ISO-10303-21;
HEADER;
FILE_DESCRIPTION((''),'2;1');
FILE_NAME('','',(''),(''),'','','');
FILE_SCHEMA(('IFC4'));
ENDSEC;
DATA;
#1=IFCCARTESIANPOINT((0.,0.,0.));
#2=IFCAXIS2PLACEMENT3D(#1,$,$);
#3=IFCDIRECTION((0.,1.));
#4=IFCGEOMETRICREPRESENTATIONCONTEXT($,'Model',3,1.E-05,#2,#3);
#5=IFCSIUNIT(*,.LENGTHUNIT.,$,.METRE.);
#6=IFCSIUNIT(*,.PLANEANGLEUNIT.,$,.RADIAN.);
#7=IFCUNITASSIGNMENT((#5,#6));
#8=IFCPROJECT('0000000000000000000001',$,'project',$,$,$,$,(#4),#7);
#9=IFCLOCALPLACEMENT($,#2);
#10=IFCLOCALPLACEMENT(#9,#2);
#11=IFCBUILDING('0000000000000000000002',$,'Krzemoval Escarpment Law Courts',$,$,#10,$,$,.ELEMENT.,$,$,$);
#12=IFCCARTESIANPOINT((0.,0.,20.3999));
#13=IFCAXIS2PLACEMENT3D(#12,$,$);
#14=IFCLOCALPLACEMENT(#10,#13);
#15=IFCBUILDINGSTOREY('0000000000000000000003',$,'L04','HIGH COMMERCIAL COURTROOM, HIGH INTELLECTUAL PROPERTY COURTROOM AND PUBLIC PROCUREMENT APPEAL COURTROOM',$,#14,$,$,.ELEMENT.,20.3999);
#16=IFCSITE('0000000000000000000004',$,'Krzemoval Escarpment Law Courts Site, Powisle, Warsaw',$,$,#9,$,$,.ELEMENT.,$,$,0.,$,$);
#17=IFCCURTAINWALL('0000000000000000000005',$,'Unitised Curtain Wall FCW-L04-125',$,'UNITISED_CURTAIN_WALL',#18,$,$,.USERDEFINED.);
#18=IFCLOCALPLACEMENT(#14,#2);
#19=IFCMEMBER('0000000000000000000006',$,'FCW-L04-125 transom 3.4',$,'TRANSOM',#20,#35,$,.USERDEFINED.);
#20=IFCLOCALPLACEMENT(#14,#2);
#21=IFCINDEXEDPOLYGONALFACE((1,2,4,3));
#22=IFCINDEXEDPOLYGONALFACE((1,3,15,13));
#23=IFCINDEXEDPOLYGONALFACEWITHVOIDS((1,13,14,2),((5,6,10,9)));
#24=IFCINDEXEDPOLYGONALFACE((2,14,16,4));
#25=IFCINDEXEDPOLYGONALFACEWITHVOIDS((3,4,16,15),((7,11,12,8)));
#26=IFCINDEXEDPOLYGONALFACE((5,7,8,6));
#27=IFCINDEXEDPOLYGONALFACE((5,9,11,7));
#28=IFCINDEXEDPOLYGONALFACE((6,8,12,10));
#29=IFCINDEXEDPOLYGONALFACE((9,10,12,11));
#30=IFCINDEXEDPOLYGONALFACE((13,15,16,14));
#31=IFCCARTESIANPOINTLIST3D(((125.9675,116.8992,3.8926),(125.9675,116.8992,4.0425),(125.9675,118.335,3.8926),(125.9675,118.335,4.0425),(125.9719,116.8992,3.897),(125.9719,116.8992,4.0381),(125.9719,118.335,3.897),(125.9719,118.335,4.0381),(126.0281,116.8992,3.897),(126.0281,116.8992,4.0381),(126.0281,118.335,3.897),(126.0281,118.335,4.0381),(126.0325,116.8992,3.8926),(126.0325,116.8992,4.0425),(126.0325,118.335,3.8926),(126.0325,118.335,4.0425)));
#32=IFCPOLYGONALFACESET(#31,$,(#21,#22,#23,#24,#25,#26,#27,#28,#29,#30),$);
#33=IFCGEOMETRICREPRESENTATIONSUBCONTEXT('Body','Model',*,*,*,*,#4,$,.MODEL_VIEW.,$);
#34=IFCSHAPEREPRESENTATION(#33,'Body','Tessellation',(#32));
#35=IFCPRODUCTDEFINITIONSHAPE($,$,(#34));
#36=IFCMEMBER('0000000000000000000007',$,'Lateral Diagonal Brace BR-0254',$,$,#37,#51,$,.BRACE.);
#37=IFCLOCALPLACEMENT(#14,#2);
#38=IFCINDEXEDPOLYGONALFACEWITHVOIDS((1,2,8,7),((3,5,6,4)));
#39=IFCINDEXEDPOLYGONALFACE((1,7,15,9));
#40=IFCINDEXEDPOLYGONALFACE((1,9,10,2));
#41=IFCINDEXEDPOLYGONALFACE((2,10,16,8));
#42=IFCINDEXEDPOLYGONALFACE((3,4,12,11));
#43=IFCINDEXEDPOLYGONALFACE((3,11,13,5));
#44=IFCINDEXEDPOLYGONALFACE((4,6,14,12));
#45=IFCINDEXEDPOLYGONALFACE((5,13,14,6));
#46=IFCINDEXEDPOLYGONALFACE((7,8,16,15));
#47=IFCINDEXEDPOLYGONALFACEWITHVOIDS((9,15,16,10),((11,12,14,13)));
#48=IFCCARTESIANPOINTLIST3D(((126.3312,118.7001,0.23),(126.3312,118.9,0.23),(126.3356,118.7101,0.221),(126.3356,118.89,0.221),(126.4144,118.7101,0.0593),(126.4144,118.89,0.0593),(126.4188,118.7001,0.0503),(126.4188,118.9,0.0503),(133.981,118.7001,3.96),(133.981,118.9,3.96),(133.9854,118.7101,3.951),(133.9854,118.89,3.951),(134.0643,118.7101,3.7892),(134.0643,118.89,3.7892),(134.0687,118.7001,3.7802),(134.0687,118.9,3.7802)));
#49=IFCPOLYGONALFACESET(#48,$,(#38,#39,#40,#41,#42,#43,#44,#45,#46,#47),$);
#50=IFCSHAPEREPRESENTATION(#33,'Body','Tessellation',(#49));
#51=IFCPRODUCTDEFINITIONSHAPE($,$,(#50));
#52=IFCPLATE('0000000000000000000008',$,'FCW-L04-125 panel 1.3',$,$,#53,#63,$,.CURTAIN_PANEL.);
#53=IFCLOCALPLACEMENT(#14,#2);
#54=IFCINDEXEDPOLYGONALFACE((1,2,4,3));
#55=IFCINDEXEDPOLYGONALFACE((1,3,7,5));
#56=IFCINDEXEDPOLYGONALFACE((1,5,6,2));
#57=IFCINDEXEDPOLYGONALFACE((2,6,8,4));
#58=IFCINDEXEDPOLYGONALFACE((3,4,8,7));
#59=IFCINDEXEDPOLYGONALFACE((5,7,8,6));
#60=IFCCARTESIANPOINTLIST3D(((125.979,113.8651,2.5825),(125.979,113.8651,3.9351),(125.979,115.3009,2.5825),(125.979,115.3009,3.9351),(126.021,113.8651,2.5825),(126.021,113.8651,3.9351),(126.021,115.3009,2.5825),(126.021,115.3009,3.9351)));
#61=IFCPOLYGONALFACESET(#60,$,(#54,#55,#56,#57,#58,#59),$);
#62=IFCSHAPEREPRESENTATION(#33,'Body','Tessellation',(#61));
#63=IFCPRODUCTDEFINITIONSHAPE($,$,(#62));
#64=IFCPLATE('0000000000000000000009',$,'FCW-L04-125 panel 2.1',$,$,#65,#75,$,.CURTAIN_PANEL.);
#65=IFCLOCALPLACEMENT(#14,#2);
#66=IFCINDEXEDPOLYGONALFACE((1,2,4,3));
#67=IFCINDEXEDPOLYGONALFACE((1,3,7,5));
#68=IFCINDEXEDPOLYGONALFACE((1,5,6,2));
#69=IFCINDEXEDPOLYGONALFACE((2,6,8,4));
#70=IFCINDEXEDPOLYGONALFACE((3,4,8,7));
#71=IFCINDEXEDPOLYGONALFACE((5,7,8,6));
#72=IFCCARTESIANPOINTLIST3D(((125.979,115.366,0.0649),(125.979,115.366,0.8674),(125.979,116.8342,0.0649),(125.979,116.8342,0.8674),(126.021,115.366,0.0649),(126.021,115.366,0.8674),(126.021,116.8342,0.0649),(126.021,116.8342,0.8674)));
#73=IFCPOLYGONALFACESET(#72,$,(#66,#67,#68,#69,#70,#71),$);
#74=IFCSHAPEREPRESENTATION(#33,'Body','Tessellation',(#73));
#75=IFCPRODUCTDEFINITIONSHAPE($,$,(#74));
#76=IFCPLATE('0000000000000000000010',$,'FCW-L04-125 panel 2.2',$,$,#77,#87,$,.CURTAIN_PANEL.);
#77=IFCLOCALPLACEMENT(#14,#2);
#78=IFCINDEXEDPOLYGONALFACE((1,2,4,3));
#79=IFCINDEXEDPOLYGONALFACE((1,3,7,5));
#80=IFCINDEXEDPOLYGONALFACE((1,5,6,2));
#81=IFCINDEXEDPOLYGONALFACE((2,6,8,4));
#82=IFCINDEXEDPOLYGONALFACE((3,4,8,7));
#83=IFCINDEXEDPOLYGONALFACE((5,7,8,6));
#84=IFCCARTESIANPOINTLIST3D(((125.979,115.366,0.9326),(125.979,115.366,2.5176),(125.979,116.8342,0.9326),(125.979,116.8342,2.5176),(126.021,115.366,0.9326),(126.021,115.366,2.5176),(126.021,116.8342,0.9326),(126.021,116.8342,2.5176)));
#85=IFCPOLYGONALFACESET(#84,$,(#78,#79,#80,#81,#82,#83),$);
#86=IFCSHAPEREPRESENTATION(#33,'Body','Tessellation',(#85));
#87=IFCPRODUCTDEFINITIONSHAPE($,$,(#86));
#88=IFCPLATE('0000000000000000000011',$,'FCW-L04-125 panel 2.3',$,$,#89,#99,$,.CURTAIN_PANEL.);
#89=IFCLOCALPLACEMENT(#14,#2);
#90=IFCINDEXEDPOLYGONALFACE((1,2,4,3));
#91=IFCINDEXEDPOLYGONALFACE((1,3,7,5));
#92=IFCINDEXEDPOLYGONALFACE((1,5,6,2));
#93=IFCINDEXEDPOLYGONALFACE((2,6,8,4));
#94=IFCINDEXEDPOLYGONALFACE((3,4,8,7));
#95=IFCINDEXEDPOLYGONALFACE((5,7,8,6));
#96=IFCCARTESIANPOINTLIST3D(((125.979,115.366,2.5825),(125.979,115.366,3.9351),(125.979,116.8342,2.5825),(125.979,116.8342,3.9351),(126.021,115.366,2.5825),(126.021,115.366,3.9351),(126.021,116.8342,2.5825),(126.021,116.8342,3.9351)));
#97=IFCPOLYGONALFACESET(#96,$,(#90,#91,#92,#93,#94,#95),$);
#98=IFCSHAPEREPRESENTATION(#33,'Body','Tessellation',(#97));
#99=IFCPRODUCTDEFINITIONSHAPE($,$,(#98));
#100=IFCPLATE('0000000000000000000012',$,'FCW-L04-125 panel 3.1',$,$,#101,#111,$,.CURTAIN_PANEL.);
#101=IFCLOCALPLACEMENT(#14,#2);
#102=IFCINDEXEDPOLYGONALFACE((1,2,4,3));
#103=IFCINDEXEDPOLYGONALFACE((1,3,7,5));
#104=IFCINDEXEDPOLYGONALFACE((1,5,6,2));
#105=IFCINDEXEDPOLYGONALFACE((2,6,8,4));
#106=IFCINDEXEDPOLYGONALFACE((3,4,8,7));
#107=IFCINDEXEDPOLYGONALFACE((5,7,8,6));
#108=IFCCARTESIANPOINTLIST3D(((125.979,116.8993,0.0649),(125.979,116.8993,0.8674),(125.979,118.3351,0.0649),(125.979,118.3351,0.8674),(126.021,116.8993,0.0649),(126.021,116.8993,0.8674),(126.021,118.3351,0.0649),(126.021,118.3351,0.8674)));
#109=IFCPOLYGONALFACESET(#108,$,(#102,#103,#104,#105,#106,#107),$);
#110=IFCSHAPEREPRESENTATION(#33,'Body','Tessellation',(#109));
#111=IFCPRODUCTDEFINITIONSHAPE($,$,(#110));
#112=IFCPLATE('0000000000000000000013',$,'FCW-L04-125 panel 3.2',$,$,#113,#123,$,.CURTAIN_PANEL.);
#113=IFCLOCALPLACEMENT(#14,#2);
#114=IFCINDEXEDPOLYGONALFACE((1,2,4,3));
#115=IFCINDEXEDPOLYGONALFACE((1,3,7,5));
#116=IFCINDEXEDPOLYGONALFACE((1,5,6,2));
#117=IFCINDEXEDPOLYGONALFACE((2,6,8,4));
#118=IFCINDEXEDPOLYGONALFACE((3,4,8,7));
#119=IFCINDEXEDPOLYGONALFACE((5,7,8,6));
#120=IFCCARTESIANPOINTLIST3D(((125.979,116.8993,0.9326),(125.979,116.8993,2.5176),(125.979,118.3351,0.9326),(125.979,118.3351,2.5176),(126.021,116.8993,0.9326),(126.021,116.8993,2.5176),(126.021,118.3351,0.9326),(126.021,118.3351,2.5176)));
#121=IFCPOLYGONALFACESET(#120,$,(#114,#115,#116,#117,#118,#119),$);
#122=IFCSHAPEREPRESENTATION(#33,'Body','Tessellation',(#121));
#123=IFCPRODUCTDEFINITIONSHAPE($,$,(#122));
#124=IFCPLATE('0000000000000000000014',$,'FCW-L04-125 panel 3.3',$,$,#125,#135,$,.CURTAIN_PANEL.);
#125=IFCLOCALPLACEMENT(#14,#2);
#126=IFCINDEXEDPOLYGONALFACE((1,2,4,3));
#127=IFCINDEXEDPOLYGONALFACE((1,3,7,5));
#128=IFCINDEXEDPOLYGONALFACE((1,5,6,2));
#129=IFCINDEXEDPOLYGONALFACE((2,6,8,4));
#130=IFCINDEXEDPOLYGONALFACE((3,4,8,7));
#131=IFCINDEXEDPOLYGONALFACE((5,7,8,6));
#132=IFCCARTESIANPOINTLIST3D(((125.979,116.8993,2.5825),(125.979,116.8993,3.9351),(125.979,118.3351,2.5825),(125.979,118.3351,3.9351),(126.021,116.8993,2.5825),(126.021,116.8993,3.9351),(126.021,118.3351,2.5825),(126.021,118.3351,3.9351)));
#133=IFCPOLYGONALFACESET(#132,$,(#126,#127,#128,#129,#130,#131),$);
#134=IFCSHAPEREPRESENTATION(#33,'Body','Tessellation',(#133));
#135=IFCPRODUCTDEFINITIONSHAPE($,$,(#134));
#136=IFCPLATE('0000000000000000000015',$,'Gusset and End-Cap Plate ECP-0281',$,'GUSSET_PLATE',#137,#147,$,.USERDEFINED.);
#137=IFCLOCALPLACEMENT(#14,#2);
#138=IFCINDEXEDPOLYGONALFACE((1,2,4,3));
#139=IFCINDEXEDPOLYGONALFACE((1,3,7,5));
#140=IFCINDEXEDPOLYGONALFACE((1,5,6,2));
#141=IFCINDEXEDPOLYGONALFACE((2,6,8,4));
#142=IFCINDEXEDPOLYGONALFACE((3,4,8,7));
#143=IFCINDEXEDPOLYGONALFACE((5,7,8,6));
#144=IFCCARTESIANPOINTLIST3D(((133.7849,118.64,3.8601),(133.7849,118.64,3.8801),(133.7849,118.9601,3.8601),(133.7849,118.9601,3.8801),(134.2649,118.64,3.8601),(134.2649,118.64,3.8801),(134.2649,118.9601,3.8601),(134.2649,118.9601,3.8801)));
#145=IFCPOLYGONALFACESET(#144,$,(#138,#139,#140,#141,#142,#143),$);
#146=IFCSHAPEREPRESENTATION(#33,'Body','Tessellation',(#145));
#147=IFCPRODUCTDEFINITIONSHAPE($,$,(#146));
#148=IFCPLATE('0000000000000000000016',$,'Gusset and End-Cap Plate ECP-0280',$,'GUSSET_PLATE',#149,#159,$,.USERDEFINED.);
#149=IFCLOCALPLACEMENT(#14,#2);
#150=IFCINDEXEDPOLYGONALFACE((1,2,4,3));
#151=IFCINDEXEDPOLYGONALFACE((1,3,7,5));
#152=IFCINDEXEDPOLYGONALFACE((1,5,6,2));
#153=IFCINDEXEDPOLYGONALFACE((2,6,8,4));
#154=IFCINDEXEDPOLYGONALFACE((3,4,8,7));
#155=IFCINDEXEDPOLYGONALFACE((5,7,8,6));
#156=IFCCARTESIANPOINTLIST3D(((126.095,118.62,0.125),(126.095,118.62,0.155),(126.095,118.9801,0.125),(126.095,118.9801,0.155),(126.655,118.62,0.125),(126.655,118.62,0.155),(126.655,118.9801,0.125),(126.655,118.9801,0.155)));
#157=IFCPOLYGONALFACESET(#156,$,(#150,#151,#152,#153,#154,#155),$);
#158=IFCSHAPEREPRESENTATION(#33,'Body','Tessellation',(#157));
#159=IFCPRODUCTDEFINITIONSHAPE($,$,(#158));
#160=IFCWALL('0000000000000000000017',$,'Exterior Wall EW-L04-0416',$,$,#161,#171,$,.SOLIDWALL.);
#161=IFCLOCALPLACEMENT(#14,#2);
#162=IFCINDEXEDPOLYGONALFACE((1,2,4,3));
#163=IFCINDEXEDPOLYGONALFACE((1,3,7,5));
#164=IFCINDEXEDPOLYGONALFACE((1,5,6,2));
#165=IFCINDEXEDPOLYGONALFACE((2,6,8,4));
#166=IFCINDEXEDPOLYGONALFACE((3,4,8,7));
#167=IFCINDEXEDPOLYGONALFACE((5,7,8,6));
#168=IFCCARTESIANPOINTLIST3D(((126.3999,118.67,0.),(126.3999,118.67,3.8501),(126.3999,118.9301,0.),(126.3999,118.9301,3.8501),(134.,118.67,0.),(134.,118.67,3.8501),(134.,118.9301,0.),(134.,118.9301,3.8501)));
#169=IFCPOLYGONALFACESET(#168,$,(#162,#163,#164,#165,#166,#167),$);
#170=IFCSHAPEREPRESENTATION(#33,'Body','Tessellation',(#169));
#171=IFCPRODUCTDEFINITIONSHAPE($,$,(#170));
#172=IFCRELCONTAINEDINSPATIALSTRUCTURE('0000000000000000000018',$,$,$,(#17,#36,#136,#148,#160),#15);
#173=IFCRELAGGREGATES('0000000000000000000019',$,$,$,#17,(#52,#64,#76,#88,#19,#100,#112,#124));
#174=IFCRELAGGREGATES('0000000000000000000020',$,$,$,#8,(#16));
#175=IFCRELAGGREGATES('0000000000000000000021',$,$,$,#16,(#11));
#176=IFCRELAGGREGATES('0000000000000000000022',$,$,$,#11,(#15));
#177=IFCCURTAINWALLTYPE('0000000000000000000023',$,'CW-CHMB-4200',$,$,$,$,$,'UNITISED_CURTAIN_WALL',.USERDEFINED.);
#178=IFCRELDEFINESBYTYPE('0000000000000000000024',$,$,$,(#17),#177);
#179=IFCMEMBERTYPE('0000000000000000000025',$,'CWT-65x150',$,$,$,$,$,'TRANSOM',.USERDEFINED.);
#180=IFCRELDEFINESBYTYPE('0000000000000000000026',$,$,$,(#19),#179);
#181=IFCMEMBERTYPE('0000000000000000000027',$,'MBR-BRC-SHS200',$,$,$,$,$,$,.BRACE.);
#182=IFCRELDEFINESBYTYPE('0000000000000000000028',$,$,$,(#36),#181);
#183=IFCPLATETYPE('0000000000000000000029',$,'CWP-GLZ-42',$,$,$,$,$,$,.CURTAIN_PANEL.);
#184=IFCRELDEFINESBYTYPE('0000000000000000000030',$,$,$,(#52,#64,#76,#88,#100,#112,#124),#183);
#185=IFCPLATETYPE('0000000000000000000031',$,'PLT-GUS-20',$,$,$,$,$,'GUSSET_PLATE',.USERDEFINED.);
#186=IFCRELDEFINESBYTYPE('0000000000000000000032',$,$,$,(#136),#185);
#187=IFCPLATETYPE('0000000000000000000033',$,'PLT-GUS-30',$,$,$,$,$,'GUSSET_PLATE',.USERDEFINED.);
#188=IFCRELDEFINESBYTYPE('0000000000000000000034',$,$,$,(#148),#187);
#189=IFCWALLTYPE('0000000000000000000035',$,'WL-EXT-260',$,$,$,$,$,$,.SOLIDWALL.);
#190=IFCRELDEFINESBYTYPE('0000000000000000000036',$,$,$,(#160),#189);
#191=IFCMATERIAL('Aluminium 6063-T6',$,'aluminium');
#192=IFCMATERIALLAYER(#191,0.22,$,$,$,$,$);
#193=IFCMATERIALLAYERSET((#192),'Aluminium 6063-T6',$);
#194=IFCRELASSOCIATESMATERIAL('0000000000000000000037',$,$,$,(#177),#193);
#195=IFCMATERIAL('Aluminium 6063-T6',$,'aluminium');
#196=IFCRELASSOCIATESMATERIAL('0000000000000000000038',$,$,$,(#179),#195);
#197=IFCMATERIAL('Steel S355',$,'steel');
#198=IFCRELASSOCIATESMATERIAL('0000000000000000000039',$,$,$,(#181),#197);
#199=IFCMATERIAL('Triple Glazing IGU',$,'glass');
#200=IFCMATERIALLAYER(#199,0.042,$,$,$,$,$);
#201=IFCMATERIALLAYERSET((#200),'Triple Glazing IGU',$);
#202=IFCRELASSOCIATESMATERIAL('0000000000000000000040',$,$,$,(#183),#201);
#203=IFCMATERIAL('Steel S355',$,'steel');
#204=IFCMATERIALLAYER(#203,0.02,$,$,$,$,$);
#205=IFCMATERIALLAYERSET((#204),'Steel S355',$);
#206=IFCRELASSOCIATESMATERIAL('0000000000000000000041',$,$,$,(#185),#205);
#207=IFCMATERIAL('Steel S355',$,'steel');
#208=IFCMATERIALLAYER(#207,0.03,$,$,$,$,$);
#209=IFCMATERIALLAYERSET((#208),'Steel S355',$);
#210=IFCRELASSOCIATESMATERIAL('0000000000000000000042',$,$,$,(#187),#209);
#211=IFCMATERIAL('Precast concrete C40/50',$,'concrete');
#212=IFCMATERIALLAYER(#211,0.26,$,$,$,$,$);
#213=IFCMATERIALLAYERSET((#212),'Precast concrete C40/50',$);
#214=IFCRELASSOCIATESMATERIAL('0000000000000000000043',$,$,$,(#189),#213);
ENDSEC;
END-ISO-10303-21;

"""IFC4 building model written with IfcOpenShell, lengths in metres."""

from ifc_helpers import new_model, si_unit, direction, frame, frame_2d, origin, origin_2d, place, context, subcontext, project, spatial, rectangle, hollow_rectangle, extrude, material, layer, layer_set, material_profile, profile_set, type_object, element, aggregate, save


model = new_model("IFC4")

# Units and contexts
model_context = context("Model", 3, precision=1e-05, world=origin(), true_north=direction((0.0, 1.0)))
body_context = subcontext(model_context, "Body", "Model", "MODEL_VIEW")
ifc_project = project(units=[si_unit("LENGTHUNIT", "METRE"), si_unit("PLANEANGLEUNIT", "RADIAN")], contexts=[model_context])

# Site, building, storey
site_placement = place(None, origin())
site = spatial("IfcSite", under=ifc_project, at=site_placement, Name="Krzemoval Escarpment Law Courts Site, Powisle, Warsaw", CompositionType="ELEMENT", RefElevation=0.0)
building_placement = place(site_placement, origin())
building = spatial("IfcBuilding", under=site, at=building_placement, Name="Krzemoval Escarpment Law Courts", CompositionType="ELEMENT")
storey_placement = place(building_placement, frame((0.0, 0.0, 20.3999)))
storey = spatial("IfcBuildingStorey", under=building, at=storey_placement, Name="L04", Description="HIGH COMMERCIAL COURTROOM, HIGH INTELLECTUAL PROPERTY COURTROOM AND PUBLIC PROCUREMENT APPEAL COURTROOM", CompositionType="ELEMENT", Elevation=20.3999)

# Curtain wall, member
ifc_material_1 = material(Name="Aluminium 6063-T6", Category="aluminium")
ifc_layer_1 = layer(ifc_material_1, 0.22)
ifc_layer_set_1 = layer_set([ifc_layer_1], Name="Aluminium 6063-T6")
curtain_wall_type = type_object("IfcCurtainWallType", Name="CW-CHMB-4200", ElementType="UNITISED_CURTAIN_WALL", PredefinedType="USERDEFINED", material=ifc_layer_set_1)
curtain_wall_placement = place(storey_placement, origin())
curtain_wall = element("IfcCurtainWall", 1, at=curtain_wall_placement, inside=storey, type_object=curtain_wall_type, Name="Unitised Curtain Wall FCW-L04-125", ObjectType="UNITISED_CURTAIN_WALL", PredefinedType="USERDEFINED")
ifc_material_2 = material(Name="Aluminium 6063-T6", Category="aluminium")
ifc_material_profile_1 = material_profile(ifc_material_2, hollow_rectangle(XDim=0.0649, YDim=0.1499, WallThickness=0.0044, at=origin_2d()), Name="ALU T65x150")
ifc_profile_set_1 = profile_set([ifc_material_profile_1], Name="Aluminium 6063-T6")
member_type_1 = type_object("IfcMemberType", Name="CWT-65x150", ElementType="TRANSOM", PredefinedType="USERDEFINED", material=ifc_profile_set_1)
member_1_placement = place(storey_placement, frame((126.0, 116.8992, 3.9675), z_axis=(0.0, 1.0, 0.0), x_axis=(-1.0, 0.0, 0.0)))
member_1 = element("IfcMember", 2, at=member_1_placement, type_object=member_type_1, Name="FCW-L04-125 transom 3.4", ObjectType="TRANSOM", PredefinedType="USERDEFINED", context=body_context, shape_type="SweptSolid", body=[
    extrude(hollow_rectangle(XDim=0.0649, YDim=0.1499, WallThickness=0.0044, at=origin_2d()), origin(), (0.0, 0.0, 1.0), 1.4358),
])

# Member
ifc_material_3 = material(Name="Steel S355", Category="steel")
ifc_material_profile_2 = material_profile(ifc_material_3, hollow_rectangle(XDim=0.2, YDim=0.2, WallThickness=0.01, at=origin_2d()), Name="SHS 200x200x10")
ifc_profile_set_2 = profile_set([ifc_material_profile_2], Name="Steel S355")
member_type_2 = type_object("IfcMemberType", Name="MBR-BRC-SHS200", PredefinedType="BRACE", material=ifc_profile_set_2)
member_2_placement = place(storey_placement, frame((126.375, 118.8, 0.1401), z_axis=(0.898846, 0.0, 0.438264), x_axis=(0.0, 1.0, 0.0)))
element("IfcMember", 3, at=member_2_placement, inside=storey, type_object=member_type_2, Name="Lateral Diagonal Brace BR-0254", PredefinedType="BRACE", context=body_context, shape_type="SweptSolid", body=[
    extrude(hollow_rectangle(XDim=0.2, YDim=0.2, WallThickness=0.01, at=origin_2d()), origin(), (0.0, 0.0, 1.0), 8.5107),
])

# Plates
ifc_material_4 = material(Name="Triple Glazing IGU", Category="glass")
ifc_layer_2 = layer(ifc_material_4, 0.042)
ifc_layer_set_2 = layer_set([ifc_layer_2], Name="Triple Glazing IGU")
plate_type_1 = type_object("IfcPlateType", Name="CWP-GLZ-42", PredefinedType="CURTAIN_PANEL", material=ifc_layer_set_2)
plate_1_placement = place(storey_placement, frame((126.0, 114.583, 2.5825), z_axis=(0.0, 0.0, 1.0), x_axis=(0.0, 1.0, 0.0)))
plate_1 = element("IfcPlate", 4, at=plate_1_placement, type_object=plate_type_1, Name="FCW-L04-125 panel 1.3", PredefinedType="CURTAIN_PANEL", context=body_context, shape_type="SweptSolid", body=[
    extrude(rectangle(XDim=1.4358, YDim=0.042, at=origin_2d()), origin(), (0.0, 0.0, 1.0), 1.3525),
])
plate_2_placement = place(storey_placement, frame((126.0, 116.1001, 0.0649), z_axis=(0.0, 0.0, 1.0), x_axis=(0.0, 1.0, 0.0)))
plate_2 = element("IfcPlate", 5, at=plate_2_placement, type_object=plate_type_1, Name="FCW-L04-125 panel 2.1", PredefinedType="CURTAIN_PANEL", context=body_context, shape_type="SweptSolid", body=[
    extrude(rectangle(XDim=1.4683, YDim=0.042, at=origin_2d()), origin(), (0.0, 0.0, 1.0), 0.8025),
])
plate_3_placement = place(storey_placement, frame((126.0, 116.1001, 0.9326), z_axis=(0.0, 0.0, 1.0), x_axis=(0.0, 1.0, 0.0)))
plate_3 = element("IfcPlate", 6, at=plate_3_placement, type_object=plate_type_1, Name="FCW-L04-125 panel 2.2", PredefinedType="CURTAIN_PANEL", context=body_context, shape_type="SweptSolid", body=[
    extrude(rectangle(XDim=1.4683, YDim=0.042, at=origin_2d()), origin(), (0.0, 0.0, 1.0), 1.585),
])
plate_4_placement = place(storey_placement, frame((126.0, 116.1001, 2.5825), z_axis=(0.0, 0.0, 1.0), x_axis=(0.0, 1.0, 0.0)))
plate_4 = element("IfcPlate", 7, at=plate_4_placement, type_object=plate_type_1, Name="FCW-L04-125 panel 2.3", PredefinedType="CURTAIN_PANEL", context=body_context, shape_type="SweptSolid", body=[
    extrude(rectangle(XDim=1.4683, YDim=0.042, at=origin_2d()), origin(), (0.0, 0.0, 1.0), 1.3525),
])
plate_5_placement = place(storey_placement, frame((126.0, 117.6172, 0.0649), z_axis=(0.0, 0.0, 1.0), x_axis=(0.0, 1.0, 0.0)))
plate_5 = element("IfcPlate", 8, at=plate_5_placement, type_object=plate_type_1, Name="FCW-L04-125 panel 3.1", PredefinedType="CURTAIN_PANEL", context=body_context, shape_type="SweptSolid", body=[
    extrude(rectangle(XDim=1.4358, YDim=0.042, at=origin_2d()), origin(), (0.0, 0.0, 1.0), 0.8025),
])
plate_6_placement = place(storey_placement, frame((126.0, 117.6172, 0.9326), z_axis=(0.0, 0.0, 1.0), x_axis=(0.0, 1.0, 0.0)))
plate_6 = element("IfcPlate", 9, at=plate_6_placement, type_object=plate_type_1, Name="FCW-L04-125 panel 3.2", PredefinedType="CURTAIN_PANEL", context=body_context, shape_type="SweptSolid", body=[
    extrude(rectangle(XDim=1.4358, YDim=0.042, at=origin_2d()), origin(), (0.0, 0.0, 1.0), 1.585),
])
plate_7_placement = place(storey_placement, frame((126.0, 117.6172, 2.5825), z_axis=(0.0, 0.0, 1.0), x_axis=(0.0, 1.0, 0.0)))
plate_7 = element("IfcPlate", 10, at=plate_7_placement, type_object=plate_type_1, Name="FCW-L04-125 panel 3.3", PredefinedType="CURTAIN_PANEL", context=body_context, shape_type="SweptSolid", body=[
    extrude(rectangle(XDim=1.4358, YDim=0.042, at=origin_2d()), origin(), (0.0, 0.0, 1.0), 1.3525),
])
aggregate(curtain_wall, [plate_1, plate_2, plate_3, plate_4, member_1, plate_5, plate_6, plate_7])

# Plates
ifc_material_5 = material(Name="Steel S355", Category="steel")
ifc_layer_3 = layer(ifc_material_5, 0.02)
ifc_layer_set_3 = layer_set([ifc_layer_3], Name="Steel S355")
plate_type_2 = type_object("IfcPlateType", Name="PLT-GUS-20", ElementType="GUSSET_PLATE", PredefinedType="USERDEFINED", material=ifc_layer_set_3)
plate_8_placement = place(storey_placement, frame((134.0249, 118.8, 3.8601), z_axis=(0.0, 0.0, 1.0), x_axis=(1.0, 0.0, 0.0)))
element("IfcPlate", 11, at=plate_8_placement, inside=storey, type_object=plate_type_2, Name="Gusset and End-Cap Plate ECP-0281", ObjectType="GUSSET_PLATE", PredefinedType="USERDEFINED", context=body_context, shape_type="SweptSolid", body=[
    extrude(rectangle(XDim=0.48, YDim=0.3201, at=origin_2d()), origin(), (0.0, 0.0, 1.0), 0.02),
])
ifc_material_6 = material(Name="Steel S355", Category="steel")
ifc_layer_4 = layer(ifc_material_6, 0.03)
ifc_layer_set_4 = layer_set([ifc_layer_4], Name="Steel S355")
plate_type_3 = type_object("IfcPlateType", Name="PLT-GUS-30", ElementType="GUSSET_PLATE", PredefinedType="USERDEFINED", material=ifc_layer_set_4)
plate_9_placement = place(storey_placement, frame((126.375, 118.8, 0.125), z_axis=(0.0, 0.0, 1.0), x_axis=(1.0, 0.0, 0.0)))
element("IfcPlate", 12, at=plate_9_placement, inside=storey, type_object=plate_type_3, Name="Gusset and End-Cap Plate ECP-0280", ObjectType="GUSSET_PLATE", PredefinedType="USERDEFINED", context=body_context, shape_type="SweptSolid", body=[
    extrude(rectangle(XDim=0.5601, YDim=0.3601, at=origin_2d()), origin(), (0.0, 0.0, 1.0), 0.03),
])

# Wall
ifc_material_7 = material(Name="Precast concrete C40/50", Category="concrete")
ifc_layer_5 = layer(ifc_material_7, 0.26)
ifc_layer_set_5 = layer_set([ifc_layer_5], Name="Precast concrete C40/50")
wall_type = type_object("IfcWallType", Name="WL-EXT-260", PredefinedType="SOLIDWALL", material=ifc_layer_set_5)
wall_placement = place(storey_placement, frame((126.3999, 118.8, 0.0), z_axis=(0.0, 0.0, 1.0), x_axis=(1.0, 0.0, 0.0)))
element("IfcWall", 13, at=wall_placement, inside=storey, type_object=wall_type, Name="Exterior Wall EW-L04-0416", PredefinedType="SOLIDWALL", context=body_context, shape_type="SweptSolid", body=[
    extrude(rectangle(XDim=7.6001, YDim=0.26, at=frame_2d((3.8, 0.0))), origin(), (0.0, 0.0, 1.0), 3.8501),
])

save(model, "model.ifc")
